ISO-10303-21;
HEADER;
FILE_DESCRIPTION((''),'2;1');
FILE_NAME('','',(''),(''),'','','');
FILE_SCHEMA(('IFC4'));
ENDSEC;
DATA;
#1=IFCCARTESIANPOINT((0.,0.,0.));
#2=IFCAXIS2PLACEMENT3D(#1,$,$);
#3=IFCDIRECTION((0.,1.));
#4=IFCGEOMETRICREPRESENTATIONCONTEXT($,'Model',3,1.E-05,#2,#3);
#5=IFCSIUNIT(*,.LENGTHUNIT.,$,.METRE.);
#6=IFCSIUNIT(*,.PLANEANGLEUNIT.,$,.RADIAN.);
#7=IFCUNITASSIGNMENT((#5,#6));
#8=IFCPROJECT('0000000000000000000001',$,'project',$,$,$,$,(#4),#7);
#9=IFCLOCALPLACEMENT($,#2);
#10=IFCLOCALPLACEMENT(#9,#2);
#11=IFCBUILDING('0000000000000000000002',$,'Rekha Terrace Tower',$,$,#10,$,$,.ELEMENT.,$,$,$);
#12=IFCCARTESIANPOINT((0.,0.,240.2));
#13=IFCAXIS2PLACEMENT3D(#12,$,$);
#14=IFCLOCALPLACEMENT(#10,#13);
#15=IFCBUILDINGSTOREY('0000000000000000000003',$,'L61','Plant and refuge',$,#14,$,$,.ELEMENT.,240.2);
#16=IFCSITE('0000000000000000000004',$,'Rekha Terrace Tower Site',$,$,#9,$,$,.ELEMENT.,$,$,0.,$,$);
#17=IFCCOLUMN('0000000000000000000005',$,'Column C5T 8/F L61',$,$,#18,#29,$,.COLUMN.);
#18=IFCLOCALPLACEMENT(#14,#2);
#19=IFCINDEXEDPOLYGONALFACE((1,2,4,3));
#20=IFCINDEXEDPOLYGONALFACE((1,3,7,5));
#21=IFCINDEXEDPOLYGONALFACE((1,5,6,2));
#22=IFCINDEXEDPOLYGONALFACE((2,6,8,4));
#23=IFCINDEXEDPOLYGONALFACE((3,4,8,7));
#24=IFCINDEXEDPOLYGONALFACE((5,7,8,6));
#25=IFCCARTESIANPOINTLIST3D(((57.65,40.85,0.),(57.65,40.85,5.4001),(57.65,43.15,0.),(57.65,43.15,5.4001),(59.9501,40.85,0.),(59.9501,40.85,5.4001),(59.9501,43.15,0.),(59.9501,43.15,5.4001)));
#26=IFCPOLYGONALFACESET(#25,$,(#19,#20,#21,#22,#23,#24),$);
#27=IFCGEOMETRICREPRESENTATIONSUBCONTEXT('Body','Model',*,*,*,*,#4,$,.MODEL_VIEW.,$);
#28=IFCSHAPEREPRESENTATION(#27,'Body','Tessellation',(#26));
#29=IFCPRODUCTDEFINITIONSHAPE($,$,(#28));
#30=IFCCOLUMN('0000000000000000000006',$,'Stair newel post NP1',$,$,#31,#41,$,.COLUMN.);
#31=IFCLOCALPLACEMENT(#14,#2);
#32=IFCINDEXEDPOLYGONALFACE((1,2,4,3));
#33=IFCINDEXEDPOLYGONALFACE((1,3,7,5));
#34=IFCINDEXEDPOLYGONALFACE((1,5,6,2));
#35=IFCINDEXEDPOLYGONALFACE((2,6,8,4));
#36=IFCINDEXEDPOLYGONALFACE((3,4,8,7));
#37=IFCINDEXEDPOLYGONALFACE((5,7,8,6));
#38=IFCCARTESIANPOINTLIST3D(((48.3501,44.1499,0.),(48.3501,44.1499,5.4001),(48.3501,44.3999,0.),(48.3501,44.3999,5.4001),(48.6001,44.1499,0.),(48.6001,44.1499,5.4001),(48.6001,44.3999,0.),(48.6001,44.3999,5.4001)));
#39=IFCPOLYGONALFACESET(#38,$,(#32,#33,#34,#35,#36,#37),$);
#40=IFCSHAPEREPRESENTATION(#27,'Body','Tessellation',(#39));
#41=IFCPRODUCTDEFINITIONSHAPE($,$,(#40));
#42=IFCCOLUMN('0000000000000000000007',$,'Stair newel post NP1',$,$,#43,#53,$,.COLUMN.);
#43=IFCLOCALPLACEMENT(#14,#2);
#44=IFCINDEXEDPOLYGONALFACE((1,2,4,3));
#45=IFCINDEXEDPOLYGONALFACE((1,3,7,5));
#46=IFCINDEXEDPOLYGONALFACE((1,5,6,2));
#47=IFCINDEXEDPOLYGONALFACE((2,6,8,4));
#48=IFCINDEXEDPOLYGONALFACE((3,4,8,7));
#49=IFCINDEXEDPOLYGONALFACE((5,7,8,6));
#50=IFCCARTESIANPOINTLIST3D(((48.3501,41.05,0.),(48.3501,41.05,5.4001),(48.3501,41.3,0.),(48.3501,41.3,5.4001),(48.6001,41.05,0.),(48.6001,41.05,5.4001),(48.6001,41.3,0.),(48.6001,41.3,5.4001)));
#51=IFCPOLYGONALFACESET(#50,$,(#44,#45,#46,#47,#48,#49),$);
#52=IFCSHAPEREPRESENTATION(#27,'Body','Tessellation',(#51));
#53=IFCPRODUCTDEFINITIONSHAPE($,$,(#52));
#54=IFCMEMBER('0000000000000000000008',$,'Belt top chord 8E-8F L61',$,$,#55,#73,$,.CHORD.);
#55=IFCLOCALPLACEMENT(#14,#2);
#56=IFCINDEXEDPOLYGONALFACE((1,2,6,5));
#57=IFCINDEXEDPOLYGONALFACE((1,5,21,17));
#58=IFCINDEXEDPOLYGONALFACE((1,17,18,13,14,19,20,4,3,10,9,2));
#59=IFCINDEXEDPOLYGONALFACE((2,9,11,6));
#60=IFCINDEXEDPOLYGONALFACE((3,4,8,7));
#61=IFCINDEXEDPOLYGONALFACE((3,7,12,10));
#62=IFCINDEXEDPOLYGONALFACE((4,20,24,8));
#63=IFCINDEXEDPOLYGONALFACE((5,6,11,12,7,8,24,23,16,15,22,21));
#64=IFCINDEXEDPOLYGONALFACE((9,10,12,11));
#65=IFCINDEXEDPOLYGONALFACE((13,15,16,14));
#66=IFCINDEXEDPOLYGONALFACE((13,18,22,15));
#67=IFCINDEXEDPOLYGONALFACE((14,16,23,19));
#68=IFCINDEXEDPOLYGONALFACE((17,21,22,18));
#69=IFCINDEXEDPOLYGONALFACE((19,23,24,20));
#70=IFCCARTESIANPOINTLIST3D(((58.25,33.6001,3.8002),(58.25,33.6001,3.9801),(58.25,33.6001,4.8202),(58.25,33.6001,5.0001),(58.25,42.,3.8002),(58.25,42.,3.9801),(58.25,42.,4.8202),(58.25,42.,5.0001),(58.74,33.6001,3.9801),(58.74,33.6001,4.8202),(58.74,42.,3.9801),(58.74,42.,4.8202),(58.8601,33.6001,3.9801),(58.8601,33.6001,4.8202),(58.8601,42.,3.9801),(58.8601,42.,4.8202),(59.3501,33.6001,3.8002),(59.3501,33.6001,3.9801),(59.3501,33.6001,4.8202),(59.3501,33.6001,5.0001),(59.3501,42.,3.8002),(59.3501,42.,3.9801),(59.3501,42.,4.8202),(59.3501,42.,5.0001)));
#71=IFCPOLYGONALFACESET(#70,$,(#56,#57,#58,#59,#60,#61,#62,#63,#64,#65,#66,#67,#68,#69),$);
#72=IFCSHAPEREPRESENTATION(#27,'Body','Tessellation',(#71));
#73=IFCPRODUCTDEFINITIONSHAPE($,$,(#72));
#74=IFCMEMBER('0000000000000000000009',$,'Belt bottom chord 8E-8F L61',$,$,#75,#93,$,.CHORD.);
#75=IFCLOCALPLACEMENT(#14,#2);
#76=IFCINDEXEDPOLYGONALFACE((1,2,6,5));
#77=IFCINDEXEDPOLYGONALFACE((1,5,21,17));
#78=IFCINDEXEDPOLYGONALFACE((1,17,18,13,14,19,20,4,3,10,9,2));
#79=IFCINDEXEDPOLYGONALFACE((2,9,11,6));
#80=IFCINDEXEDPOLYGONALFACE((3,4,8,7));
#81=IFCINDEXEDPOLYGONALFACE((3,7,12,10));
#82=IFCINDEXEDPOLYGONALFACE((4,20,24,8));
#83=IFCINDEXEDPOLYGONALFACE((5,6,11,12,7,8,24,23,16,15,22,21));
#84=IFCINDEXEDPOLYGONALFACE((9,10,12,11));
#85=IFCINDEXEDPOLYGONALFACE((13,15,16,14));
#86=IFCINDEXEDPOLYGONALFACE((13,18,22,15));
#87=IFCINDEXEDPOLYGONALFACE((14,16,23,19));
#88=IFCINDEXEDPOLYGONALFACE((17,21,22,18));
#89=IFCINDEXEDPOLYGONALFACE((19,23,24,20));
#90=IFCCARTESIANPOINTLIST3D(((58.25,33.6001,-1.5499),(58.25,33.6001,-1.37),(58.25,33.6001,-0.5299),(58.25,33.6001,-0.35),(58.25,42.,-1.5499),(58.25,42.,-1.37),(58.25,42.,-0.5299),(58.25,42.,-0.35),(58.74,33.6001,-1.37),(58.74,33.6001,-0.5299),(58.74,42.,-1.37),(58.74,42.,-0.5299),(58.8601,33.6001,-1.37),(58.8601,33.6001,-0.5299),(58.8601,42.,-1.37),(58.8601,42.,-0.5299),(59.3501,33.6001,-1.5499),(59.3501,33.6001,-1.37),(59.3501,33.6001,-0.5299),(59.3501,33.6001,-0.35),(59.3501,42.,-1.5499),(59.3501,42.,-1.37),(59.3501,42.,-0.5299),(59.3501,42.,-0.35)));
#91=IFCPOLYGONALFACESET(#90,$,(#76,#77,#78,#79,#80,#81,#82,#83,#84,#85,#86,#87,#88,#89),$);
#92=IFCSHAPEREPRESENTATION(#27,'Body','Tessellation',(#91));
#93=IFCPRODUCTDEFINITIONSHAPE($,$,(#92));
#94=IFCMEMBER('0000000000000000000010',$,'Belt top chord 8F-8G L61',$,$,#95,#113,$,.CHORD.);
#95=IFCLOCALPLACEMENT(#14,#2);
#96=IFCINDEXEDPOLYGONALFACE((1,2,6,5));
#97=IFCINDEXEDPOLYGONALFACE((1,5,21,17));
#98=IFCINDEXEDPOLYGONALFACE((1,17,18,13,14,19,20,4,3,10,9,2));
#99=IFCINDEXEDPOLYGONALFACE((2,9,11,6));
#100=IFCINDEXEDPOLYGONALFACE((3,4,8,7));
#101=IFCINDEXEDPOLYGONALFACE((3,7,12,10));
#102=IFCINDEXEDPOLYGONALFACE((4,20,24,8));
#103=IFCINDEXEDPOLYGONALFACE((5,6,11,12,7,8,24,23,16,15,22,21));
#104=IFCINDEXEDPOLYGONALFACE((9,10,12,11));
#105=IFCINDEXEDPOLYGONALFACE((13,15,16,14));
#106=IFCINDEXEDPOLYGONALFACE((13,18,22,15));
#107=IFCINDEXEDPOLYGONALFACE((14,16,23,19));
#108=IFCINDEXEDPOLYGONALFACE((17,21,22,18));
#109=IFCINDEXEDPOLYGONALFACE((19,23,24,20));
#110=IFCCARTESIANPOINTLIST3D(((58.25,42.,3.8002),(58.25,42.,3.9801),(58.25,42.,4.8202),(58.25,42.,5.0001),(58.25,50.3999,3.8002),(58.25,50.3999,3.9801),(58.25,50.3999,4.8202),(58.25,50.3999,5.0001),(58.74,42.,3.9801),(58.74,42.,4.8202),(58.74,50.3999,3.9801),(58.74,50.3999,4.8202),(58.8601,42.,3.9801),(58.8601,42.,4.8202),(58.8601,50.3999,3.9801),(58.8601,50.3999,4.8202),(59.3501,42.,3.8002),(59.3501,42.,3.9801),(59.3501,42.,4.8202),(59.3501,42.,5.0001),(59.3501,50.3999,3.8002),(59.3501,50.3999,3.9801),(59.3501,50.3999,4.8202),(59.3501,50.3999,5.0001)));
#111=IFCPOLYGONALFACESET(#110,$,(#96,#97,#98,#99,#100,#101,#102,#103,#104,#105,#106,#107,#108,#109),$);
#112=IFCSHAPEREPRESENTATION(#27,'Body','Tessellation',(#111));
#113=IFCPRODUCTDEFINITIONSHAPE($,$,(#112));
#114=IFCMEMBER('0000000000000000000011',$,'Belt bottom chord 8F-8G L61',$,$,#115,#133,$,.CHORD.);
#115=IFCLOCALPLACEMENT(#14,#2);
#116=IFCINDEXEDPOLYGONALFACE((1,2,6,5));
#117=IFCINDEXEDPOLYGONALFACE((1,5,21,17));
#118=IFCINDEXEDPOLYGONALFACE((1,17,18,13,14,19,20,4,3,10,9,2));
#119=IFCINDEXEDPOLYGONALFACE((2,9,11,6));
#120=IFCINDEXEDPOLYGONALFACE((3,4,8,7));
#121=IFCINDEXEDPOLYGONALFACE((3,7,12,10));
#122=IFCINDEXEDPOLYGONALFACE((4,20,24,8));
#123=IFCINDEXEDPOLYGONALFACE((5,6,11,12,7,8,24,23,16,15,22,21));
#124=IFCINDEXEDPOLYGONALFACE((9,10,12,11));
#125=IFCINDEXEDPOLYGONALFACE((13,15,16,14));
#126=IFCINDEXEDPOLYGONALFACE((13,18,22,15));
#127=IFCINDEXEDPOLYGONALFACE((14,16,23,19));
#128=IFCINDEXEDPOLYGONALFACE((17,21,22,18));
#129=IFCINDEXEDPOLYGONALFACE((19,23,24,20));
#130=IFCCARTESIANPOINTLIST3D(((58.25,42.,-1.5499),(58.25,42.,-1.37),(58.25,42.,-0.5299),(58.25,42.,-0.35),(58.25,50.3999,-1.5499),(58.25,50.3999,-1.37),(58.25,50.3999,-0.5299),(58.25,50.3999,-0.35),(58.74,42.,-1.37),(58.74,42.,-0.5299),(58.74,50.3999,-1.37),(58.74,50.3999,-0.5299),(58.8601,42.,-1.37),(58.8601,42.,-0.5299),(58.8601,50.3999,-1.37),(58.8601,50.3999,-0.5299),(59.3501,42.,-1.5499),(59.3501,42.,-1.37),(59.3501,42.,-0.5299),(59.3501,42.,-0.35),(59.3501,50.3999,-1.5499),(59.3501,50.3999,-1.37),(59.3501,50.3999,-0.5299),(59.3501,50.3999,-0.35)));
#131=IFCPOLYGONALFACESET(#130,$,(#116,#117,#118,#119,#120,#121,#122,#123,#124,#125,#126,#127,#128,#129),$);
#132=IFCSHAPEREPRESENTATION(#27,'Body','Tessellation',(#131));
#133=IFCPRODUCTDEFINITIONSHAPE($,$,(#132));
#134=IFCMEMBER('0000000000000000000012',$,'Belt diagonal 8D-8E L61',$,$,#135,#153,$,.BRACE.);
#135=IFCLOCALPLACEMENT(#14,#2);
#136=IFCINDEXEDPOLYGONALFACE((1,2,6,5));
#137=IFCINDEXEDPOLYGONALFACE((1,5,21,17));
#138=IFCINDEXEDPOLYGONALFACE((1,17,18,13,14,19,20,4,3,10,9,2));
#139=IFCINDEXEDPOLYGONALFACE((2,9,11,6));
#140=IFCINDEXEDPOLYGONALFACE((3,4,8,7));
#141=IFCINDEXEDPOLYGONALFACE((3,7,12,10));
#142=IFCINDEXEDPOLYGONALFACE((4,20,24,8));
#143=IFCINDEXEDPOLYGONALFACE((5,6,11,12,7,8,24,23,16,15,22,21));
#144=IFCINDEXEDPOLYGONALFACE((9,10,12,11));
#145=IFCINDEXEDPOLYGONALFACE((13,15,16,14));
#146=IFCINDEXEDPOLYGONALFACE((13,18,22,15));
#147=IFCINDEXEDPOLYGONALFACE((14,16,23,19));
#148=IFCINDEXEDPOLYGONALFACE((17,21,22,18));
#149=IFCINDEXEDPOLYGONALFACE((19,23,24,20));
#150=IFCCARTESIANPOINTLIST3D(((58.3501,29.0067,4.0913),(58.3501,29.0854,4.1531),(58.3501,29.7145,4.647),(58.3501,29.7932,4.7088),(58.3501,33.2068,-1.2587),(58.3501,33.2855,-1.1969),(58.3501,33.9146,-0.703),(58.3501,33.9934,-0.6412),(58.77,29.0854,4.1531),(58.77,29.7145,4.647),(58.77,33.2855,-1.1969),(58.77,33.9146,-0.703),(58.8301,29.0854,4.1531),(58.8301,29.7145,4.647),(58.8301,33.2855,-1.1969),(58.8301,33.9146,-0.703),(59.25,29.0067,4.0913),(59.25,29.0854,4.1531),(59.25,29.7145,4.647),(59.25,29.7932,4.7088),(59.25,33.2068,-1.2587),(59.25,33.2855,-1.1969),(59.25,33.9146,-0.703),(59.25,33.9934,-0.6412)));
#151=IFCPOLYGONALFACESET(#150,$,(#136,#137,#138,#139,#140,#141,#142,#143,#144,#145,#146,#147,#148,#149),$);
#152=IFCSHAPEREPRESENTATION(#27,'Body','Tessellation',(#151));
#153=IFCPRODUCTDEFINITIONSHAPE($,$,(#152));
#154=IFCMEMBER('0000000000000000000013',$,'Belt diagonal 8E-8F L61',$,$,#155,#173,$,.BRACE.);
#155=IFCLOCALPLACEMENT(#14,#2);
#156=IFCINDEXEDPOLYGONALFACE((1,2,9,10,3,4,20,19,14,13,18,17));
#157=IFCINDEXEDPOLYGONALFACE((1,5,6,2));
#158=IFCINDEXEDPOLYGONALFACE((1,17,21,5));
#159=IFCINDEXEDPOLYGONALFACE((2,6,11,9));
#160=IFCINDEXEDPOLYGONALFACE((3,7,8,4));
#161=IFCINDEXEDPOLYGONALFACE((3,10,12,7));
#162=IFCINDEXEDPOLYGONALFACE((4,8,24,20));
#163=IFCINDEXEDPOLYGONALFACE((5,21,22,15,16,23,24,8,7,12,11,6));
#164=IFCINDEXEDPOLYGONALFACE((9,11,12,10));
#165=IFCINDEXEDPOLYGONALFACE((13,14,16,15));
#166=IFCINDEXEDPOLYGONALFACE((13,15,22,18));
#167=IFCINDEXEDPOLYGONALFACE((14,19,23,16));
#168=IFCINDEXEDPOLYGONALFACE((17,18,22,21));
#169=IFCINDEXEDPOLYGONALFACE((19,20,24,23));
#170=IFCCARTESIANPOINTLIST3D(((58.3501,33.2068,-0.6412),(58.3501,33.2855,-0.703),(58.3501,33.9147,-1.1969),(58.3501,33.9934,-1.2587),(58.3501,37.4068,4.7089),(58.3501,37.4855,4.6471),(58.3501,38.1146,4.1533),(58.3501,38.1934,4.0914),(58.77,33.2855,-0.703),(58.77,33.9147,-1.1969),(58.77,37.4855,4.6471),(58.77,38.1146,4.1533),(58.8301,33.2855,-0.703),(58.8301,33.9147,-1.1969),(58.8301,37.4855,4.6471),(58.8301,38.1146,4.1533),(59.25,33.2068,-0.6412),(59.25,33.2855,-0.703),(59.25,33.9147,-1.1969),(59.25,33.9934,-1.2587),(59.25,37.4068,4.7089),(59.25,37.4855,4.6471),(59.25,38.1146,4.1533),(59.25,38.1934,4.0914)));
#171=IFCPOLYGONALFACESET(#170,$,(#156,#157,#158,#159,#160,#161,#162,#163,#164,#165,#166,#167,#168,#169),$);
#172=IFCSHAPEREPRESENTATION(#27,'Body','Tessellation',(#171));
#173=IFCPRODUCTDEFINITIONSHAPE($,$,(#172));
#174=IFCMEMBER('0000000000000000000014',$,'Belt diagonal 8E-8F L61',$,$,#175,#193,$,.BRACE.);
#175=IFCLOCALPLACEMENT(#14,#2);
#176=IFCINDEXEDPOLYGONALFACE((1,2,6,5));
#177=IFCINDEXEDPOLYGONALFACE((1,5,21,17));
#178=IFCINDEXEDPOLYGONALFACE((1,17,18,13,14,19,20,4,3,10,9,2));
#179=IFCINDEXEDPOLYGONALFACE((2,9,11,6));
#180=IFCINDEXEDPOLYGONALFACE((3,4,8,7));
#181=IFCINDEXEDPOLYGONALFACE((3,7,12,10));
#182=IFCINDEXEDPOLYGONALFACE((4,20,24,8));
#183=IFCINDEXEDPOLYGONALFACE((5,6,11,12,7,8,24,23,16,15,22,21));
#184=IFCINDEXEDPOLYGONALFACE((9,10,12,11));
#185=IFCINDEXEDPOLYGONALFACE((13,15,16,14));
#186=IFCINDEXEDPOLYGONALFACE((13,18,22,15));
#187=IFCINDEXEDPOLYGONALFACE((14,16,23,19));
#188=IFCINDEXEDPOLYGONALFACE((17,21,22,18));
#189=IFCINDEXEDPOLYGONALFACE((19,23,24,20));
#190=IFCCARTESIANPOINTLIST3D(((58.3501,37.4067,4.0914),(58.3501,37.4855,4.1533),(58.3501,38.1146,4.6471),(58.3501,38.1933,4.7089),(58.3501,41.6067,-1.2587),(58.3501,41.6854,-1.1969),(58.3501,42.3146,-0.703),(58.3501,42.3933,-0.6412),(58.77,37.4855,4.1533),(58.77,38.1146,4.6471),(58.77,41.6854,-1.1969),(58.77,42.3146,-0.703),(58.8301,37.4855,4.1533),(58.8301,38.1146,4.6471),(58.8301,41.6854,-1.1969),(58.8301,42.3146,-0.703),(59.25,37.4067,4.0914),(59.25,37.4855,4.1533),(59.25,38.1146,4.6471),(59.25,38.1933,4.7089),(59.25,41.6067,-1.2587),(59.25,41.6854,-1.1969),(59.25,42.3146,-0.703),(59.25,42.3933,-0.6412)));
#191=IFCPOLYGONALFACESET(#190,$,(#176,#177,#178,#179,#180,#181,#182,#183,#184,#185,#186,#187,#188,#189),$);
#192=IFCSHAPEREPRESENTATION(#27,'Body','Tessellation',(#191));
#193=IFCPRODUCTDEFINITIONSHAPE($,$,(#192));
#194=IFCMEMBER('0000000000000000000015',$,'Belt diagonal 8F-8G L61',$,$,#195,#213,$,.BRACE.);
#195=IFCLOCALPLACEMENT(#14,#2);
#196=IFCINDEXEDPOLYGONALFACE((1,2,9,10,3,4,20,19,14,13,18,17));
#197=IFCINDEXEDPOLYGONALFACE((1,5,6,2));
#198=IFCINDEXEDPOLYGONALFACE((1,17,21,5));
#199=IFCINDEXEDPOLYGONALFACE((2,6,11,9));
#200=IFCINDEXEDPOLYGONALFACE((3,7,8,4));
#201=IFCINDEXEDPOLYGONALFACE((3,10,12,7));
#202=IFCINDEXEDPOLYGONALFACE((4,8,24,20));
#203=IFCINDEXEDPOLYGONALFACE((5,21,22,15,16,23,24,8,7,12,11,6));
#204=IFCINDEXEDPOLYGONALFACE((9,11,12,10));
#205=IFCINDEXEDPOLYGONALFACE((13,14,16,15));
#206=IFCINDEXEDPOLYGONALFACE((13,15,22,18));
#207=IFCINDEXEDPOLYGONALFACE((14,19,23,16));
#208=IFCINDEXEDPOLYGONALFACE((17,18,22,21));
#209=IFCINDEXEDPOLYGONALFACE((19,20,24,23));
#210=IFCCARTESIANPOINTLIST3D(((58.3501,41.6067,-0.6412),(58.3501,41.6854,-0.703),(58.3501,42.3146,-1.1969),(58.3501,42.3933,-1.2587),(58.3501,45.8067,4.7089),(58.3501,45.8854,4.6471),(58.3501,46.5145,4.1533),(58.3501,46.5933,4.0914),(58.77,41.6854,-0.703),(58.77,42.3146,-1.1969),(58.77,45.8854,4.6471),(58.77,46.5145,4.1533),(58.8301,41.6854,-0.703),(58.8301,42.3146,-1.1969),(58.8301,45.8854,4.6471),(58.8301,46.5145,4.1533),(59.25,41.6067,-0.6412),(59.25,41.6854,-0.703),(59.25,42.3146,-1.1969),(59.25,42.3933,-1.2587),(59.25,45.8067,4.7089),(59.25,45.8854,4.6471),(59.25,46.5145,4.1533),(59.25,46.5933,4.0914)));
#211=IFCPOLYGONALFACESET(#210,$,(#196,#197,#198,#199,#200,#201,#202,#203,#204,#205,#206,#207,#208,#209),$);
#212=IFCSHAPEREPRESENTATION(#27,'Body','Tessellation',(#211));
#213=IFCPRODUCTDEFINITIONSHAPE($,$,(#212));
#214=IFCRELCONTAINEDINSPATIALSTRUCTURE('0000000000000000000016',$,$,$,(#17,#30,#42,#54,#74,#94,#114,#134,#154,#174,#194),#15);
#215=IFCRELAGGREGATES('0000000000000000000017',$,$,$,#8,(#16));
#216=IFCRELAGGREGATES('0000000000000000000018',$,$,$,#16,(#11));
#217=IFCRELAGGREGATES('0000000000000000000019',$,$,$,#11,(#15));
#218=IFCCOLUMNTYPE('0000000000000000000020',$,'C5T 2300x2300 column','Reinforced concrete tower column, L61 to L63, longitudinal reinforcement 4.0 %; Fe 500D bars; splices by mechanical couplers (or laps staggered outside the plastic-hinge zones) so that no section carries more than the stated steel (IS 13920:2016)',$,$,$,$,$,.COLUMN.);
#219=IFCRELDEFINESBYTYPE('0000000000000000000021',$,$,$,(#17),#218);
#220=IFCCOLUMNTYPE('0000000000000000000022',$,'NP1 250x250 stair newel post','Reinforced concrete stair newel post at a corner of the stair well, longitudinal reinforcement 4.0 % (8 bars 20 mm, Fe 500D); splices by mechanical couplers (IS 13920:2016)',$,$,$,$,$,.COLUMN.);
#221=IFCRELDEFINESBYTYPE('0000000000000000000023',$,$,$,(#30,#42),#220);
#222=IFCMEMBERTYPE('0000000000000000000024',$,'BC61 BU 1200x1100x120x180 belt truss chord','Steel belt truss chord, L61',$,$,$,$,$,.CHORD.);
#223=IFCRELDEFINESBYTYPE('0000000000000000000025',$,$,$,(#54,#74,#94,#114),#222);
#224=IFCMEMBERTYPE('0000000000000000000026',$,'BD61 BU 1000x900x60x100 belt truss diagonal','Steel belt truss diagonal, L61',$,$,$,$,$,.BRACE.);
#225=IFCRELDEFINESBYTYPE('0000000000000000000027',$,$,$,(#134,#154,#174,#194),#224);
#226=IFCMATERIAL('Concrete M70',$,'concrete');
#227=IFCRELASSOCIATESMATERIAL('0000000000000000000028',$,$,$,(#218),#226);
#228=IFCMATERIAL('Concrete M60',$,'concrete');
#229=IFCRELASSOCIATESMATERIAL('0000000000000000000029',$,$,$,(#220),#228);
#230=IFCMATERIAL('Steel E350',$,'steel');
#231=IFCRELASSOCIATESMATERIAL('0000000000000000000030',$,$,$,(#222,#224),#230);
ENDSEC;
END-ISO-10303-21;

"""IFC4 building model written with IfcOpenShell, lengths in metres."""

from ifc_helpers import new_model, si_unit, direction, frame, origin, origin_2d, place, context, subcontext, project, spatial, rectangle, i_section, extrude, material, material_profile, profile_set, type_object, element, save


model = new_model("IFC4")

# Units and contexts
model_context = context("Model", 3, precision=1e-05, world=origin(), true_north=direction((0.0, 1.0)))
body_context = subcontext(model_context, "Body", "Model", "MODEL_VIEW")
ifc_project = project(units=[si_unit("LENGTHUNIT", "METRE"), si_unit("PLANEANGLEUNIT", "RADIAN")], contexts=[model_context])

# Site, building, storey
site_placement = place(None, origin())
site = spatial("IfcSite", under=ifc_project, at=site_placement, Name="Rekha Terrace Tower Site", CompositionType="ELEMENT", RefElevation=0.0)
building_placement = place(site_placement, origin())
building = spatial("IfcBuilding", under=site, at=building_placement, Name="Rekha Terrace Tower", CompositionType="ELEMENT")
storey_placement = place(building_placement, frame((0.0, 0.0, 240.2)))
storey = spatial("IfcBuildingStorey", under=building, at=storey_placement, Name="L61", Description="Plant and refuge", CompositionType="ELEMENT", Elevation=240.2)

# Columns
ifc_material_1 = material(Name="Concrete M70", Category="concrete")
ifc_material_profile_1 = material_profile(ifc_material_1, rectangle(XDim=2.3, YDim=2.3, at=origin_2d()), Name="RC 2300x2300")
ifc_profile_set_1 = profile_set([ifc_material_profile_1], Name="Concrete M70")
column_type_1 = type_object("IfcColumnType", Name="C5T 2300x2300 column", Description="Reinforced concrete tower column, L61 to L63, longitudinal reinforcement 4.0 %; Fe 500D bars; splices by mechanical couplers (or laps staggered outside the plastic-hinge zones) so that no section carries more than the stated steel (IS 13920:2016)", PredefinedType="COLUMN", material=ifc_profile_set_1)
column_placement = place(storey_placement, frame((58.8, 42.0, 0.0), z_axis=(0.0, 0.0, 1.0), x_axis=(1.0, 0.0, 0.0)))
element("IfcColumn", 1, at=column_placement, inside=storey, type_object=column_type_1, Name="Column C5T 8/F L61", PredefinedType="COLUMN", context=body_context, shape_type="SweptSolid", body=[
    extrude(rectangle(XDim=2.3, YDim=2.3, at=origin_2d()), origin(), (0.0, 0.0, 1.0), 5.4001),
])
ifc_material_2 = material(Name="Concrete M60", Category="concrete")
ifc_material_profile_2 = material_profile(ifc_material_2, rectangle(XDim=0.25, YDim=0.25, at=origin_2d()), Name="RC 250x250")
ifc_profile_set_2 = profile_set([ifc_material_profile_2], Name="Concrete M60")
column_type_2 = type_object("IfcColumnType", Name="NP1 250x250 stair newel post", Description="Reinforced concrete stair newel post at a corner of the stair well, longitudinal reinforcement 4.0 % (8 bars 20 mm, Fe 500D); splices by mechanical couplers (IS 13920:2016)", PredefinedType="COLUMN", material=ifc_profile_set_2)
for number, where, z_axis, x_axis, name in (
    (2, (48.4751, 44.2749, 0.0), (0.0, 0.0, 1.0), (1.0, 0.0, 0.0), "Stair newel post NP1"),
    (3, (48.4751, 41.175, 0.0), (0.0, 0.0, 1.0), (1.0, 0.0, 0.0), "Stair newel post NP1"),
):
    element("IfcColumn", number, at=place(storey_placement, frame(where, z_axis=z_axis, x_axis=x_axis)), inside=storey, type_object=column_type_2, Name=name, PredefinedType="COLUMN", context=body_context, shape_type="SweptSolid", body=[
        extrude(rectangle(XDim=0.25, YDim=0.25, at=origin_2d()), origin(), (0.0, 0.0, 1.0), 5.4001),
    ])

# Members
ifc_material_3 = material(Name="Steel E350", Category="steel")
ifc_material_profile_3 = material_profile(ifc_material_3, i_section(OverallWidth=1.1001, OverallDepth=1.2, WebThickness=0.1201, FlangeThickness=0.1799, at=origin_2d()), Name="BU 1200x1100x120x180")
ifc_profile_set_3 = profile_set([ifc_material_profile_3], Name="Steel E350")
member_type_1 = type_object("IfcMemberType", Name="BC61 BU 1200x1100x120x180 belt truss chord", Description="Steel belt truss chord, L61", PredefinedType="CHORD", material=ifc_profile_set_3)
for number, where, z_axis, x_axis, name in (
    (4, (58.8, 33.6001, 4.4001), (0.0, 1.0, 0.0), (-1.0, 0.0, 0.0), "Belt top chord 8E-8F L61"),
    (5, (58.8, 33.6001, -0.95), (0.0, 1.0, 0.0), (-1.0, 0.0, 0.0), "Belt bottom chord 8E-8F L61"),
    (6, (58.8, 42.0, 4.4001), (0.0, 1.0, 0.0), (-1.0, 0.0, 0.0), "Belt top chord 8F-8G L61"),
    (7, (58.8, 42.0, -0.95), (0.0, 1.0, 0.0), (-1.0, 0.0, 0.0), "Belt bottom chord 8F-8G L61"),
):
    element("IfcMember", number, at=place(storey_placement, frame(where, z_axis=z_axis, x_axis=x_axis)), inside=storey, type_object=member_type_1, Name=name, PredefinedType="CHORD", context=body_context, shape_type="SweptSolid", body=[
        extrude(i_section(OverallWidth=1.1001, OverallDepth=1.2, WebThickness=0.1201, FlangeThickness=0.1799, at=origin_2d()), origin(), (0.0, 0.0, 1.0), 8.3999),
    ])
ifc_material_profile_4 = material_profile(ifc_material_3, i_section(OverallWidth=0.8999, OverallDepth=1.0, WebThickness=0.0601, FlangeThickness=0.1001, at=origin_2d()), Name="BU 1000x900x60x100")
ifc_profile_set_4 = profile_set([ifc_material_profile_4], Name="Steel E350")
member_type_2 = type_object("IfcMemberType", Name="BD61 BU 1000x900x60x100 belt truss diagonal", Description="Steel belt truss diagonal, L61", PredefinedType="BRACE", material=ifc_profile_set_4)
for number, where, z_axis, x_axis, name in (
    (8, (58.8, 33.6001, -0.95), (0.0, -0.617508, 0.786565), (1.0, 0.0, 0.0), "Belt diagonal 8D-8E L61"),
    (9, (58.8, 33.6001, -0.95), (0.0, 0.617485, 0.786582), (-1.0, 0.0, 0.0), "Belt diagonal 8E-8F L61"),
    (10, (58.8, 42.0, -0.95), (0.0, -0.617485, 0.786582), (1.0, 0.0, 0.0), "Belt diagonal 8E-8F L61"),
    (11, (58.8, 42.0, -0.95), (0.0, 0.617485, 0.786582), (-1.0, 0.0, 0.0), "Belt diagonal 8F-8G L61"),
):
    element("IfcMember", number, at=place(storey_placement, frame(where, z_axis=z_axis, x_axis=x_axis)), inside=storey, type_object=member_type_2, Name=name, PredefinedType="BRACE", context=body_context, shape_type="SweptSolid", body=[
        extrude(i_section(OverallWidth=0.8999, OverallDepth=1.0, WebThickness=0.0601, FlangeThickness=0.1001, at=origin_2d()), origin(), (0.0, 0.0, 1.0), 6.8018),
    ])

save(model, "model.ifc")
